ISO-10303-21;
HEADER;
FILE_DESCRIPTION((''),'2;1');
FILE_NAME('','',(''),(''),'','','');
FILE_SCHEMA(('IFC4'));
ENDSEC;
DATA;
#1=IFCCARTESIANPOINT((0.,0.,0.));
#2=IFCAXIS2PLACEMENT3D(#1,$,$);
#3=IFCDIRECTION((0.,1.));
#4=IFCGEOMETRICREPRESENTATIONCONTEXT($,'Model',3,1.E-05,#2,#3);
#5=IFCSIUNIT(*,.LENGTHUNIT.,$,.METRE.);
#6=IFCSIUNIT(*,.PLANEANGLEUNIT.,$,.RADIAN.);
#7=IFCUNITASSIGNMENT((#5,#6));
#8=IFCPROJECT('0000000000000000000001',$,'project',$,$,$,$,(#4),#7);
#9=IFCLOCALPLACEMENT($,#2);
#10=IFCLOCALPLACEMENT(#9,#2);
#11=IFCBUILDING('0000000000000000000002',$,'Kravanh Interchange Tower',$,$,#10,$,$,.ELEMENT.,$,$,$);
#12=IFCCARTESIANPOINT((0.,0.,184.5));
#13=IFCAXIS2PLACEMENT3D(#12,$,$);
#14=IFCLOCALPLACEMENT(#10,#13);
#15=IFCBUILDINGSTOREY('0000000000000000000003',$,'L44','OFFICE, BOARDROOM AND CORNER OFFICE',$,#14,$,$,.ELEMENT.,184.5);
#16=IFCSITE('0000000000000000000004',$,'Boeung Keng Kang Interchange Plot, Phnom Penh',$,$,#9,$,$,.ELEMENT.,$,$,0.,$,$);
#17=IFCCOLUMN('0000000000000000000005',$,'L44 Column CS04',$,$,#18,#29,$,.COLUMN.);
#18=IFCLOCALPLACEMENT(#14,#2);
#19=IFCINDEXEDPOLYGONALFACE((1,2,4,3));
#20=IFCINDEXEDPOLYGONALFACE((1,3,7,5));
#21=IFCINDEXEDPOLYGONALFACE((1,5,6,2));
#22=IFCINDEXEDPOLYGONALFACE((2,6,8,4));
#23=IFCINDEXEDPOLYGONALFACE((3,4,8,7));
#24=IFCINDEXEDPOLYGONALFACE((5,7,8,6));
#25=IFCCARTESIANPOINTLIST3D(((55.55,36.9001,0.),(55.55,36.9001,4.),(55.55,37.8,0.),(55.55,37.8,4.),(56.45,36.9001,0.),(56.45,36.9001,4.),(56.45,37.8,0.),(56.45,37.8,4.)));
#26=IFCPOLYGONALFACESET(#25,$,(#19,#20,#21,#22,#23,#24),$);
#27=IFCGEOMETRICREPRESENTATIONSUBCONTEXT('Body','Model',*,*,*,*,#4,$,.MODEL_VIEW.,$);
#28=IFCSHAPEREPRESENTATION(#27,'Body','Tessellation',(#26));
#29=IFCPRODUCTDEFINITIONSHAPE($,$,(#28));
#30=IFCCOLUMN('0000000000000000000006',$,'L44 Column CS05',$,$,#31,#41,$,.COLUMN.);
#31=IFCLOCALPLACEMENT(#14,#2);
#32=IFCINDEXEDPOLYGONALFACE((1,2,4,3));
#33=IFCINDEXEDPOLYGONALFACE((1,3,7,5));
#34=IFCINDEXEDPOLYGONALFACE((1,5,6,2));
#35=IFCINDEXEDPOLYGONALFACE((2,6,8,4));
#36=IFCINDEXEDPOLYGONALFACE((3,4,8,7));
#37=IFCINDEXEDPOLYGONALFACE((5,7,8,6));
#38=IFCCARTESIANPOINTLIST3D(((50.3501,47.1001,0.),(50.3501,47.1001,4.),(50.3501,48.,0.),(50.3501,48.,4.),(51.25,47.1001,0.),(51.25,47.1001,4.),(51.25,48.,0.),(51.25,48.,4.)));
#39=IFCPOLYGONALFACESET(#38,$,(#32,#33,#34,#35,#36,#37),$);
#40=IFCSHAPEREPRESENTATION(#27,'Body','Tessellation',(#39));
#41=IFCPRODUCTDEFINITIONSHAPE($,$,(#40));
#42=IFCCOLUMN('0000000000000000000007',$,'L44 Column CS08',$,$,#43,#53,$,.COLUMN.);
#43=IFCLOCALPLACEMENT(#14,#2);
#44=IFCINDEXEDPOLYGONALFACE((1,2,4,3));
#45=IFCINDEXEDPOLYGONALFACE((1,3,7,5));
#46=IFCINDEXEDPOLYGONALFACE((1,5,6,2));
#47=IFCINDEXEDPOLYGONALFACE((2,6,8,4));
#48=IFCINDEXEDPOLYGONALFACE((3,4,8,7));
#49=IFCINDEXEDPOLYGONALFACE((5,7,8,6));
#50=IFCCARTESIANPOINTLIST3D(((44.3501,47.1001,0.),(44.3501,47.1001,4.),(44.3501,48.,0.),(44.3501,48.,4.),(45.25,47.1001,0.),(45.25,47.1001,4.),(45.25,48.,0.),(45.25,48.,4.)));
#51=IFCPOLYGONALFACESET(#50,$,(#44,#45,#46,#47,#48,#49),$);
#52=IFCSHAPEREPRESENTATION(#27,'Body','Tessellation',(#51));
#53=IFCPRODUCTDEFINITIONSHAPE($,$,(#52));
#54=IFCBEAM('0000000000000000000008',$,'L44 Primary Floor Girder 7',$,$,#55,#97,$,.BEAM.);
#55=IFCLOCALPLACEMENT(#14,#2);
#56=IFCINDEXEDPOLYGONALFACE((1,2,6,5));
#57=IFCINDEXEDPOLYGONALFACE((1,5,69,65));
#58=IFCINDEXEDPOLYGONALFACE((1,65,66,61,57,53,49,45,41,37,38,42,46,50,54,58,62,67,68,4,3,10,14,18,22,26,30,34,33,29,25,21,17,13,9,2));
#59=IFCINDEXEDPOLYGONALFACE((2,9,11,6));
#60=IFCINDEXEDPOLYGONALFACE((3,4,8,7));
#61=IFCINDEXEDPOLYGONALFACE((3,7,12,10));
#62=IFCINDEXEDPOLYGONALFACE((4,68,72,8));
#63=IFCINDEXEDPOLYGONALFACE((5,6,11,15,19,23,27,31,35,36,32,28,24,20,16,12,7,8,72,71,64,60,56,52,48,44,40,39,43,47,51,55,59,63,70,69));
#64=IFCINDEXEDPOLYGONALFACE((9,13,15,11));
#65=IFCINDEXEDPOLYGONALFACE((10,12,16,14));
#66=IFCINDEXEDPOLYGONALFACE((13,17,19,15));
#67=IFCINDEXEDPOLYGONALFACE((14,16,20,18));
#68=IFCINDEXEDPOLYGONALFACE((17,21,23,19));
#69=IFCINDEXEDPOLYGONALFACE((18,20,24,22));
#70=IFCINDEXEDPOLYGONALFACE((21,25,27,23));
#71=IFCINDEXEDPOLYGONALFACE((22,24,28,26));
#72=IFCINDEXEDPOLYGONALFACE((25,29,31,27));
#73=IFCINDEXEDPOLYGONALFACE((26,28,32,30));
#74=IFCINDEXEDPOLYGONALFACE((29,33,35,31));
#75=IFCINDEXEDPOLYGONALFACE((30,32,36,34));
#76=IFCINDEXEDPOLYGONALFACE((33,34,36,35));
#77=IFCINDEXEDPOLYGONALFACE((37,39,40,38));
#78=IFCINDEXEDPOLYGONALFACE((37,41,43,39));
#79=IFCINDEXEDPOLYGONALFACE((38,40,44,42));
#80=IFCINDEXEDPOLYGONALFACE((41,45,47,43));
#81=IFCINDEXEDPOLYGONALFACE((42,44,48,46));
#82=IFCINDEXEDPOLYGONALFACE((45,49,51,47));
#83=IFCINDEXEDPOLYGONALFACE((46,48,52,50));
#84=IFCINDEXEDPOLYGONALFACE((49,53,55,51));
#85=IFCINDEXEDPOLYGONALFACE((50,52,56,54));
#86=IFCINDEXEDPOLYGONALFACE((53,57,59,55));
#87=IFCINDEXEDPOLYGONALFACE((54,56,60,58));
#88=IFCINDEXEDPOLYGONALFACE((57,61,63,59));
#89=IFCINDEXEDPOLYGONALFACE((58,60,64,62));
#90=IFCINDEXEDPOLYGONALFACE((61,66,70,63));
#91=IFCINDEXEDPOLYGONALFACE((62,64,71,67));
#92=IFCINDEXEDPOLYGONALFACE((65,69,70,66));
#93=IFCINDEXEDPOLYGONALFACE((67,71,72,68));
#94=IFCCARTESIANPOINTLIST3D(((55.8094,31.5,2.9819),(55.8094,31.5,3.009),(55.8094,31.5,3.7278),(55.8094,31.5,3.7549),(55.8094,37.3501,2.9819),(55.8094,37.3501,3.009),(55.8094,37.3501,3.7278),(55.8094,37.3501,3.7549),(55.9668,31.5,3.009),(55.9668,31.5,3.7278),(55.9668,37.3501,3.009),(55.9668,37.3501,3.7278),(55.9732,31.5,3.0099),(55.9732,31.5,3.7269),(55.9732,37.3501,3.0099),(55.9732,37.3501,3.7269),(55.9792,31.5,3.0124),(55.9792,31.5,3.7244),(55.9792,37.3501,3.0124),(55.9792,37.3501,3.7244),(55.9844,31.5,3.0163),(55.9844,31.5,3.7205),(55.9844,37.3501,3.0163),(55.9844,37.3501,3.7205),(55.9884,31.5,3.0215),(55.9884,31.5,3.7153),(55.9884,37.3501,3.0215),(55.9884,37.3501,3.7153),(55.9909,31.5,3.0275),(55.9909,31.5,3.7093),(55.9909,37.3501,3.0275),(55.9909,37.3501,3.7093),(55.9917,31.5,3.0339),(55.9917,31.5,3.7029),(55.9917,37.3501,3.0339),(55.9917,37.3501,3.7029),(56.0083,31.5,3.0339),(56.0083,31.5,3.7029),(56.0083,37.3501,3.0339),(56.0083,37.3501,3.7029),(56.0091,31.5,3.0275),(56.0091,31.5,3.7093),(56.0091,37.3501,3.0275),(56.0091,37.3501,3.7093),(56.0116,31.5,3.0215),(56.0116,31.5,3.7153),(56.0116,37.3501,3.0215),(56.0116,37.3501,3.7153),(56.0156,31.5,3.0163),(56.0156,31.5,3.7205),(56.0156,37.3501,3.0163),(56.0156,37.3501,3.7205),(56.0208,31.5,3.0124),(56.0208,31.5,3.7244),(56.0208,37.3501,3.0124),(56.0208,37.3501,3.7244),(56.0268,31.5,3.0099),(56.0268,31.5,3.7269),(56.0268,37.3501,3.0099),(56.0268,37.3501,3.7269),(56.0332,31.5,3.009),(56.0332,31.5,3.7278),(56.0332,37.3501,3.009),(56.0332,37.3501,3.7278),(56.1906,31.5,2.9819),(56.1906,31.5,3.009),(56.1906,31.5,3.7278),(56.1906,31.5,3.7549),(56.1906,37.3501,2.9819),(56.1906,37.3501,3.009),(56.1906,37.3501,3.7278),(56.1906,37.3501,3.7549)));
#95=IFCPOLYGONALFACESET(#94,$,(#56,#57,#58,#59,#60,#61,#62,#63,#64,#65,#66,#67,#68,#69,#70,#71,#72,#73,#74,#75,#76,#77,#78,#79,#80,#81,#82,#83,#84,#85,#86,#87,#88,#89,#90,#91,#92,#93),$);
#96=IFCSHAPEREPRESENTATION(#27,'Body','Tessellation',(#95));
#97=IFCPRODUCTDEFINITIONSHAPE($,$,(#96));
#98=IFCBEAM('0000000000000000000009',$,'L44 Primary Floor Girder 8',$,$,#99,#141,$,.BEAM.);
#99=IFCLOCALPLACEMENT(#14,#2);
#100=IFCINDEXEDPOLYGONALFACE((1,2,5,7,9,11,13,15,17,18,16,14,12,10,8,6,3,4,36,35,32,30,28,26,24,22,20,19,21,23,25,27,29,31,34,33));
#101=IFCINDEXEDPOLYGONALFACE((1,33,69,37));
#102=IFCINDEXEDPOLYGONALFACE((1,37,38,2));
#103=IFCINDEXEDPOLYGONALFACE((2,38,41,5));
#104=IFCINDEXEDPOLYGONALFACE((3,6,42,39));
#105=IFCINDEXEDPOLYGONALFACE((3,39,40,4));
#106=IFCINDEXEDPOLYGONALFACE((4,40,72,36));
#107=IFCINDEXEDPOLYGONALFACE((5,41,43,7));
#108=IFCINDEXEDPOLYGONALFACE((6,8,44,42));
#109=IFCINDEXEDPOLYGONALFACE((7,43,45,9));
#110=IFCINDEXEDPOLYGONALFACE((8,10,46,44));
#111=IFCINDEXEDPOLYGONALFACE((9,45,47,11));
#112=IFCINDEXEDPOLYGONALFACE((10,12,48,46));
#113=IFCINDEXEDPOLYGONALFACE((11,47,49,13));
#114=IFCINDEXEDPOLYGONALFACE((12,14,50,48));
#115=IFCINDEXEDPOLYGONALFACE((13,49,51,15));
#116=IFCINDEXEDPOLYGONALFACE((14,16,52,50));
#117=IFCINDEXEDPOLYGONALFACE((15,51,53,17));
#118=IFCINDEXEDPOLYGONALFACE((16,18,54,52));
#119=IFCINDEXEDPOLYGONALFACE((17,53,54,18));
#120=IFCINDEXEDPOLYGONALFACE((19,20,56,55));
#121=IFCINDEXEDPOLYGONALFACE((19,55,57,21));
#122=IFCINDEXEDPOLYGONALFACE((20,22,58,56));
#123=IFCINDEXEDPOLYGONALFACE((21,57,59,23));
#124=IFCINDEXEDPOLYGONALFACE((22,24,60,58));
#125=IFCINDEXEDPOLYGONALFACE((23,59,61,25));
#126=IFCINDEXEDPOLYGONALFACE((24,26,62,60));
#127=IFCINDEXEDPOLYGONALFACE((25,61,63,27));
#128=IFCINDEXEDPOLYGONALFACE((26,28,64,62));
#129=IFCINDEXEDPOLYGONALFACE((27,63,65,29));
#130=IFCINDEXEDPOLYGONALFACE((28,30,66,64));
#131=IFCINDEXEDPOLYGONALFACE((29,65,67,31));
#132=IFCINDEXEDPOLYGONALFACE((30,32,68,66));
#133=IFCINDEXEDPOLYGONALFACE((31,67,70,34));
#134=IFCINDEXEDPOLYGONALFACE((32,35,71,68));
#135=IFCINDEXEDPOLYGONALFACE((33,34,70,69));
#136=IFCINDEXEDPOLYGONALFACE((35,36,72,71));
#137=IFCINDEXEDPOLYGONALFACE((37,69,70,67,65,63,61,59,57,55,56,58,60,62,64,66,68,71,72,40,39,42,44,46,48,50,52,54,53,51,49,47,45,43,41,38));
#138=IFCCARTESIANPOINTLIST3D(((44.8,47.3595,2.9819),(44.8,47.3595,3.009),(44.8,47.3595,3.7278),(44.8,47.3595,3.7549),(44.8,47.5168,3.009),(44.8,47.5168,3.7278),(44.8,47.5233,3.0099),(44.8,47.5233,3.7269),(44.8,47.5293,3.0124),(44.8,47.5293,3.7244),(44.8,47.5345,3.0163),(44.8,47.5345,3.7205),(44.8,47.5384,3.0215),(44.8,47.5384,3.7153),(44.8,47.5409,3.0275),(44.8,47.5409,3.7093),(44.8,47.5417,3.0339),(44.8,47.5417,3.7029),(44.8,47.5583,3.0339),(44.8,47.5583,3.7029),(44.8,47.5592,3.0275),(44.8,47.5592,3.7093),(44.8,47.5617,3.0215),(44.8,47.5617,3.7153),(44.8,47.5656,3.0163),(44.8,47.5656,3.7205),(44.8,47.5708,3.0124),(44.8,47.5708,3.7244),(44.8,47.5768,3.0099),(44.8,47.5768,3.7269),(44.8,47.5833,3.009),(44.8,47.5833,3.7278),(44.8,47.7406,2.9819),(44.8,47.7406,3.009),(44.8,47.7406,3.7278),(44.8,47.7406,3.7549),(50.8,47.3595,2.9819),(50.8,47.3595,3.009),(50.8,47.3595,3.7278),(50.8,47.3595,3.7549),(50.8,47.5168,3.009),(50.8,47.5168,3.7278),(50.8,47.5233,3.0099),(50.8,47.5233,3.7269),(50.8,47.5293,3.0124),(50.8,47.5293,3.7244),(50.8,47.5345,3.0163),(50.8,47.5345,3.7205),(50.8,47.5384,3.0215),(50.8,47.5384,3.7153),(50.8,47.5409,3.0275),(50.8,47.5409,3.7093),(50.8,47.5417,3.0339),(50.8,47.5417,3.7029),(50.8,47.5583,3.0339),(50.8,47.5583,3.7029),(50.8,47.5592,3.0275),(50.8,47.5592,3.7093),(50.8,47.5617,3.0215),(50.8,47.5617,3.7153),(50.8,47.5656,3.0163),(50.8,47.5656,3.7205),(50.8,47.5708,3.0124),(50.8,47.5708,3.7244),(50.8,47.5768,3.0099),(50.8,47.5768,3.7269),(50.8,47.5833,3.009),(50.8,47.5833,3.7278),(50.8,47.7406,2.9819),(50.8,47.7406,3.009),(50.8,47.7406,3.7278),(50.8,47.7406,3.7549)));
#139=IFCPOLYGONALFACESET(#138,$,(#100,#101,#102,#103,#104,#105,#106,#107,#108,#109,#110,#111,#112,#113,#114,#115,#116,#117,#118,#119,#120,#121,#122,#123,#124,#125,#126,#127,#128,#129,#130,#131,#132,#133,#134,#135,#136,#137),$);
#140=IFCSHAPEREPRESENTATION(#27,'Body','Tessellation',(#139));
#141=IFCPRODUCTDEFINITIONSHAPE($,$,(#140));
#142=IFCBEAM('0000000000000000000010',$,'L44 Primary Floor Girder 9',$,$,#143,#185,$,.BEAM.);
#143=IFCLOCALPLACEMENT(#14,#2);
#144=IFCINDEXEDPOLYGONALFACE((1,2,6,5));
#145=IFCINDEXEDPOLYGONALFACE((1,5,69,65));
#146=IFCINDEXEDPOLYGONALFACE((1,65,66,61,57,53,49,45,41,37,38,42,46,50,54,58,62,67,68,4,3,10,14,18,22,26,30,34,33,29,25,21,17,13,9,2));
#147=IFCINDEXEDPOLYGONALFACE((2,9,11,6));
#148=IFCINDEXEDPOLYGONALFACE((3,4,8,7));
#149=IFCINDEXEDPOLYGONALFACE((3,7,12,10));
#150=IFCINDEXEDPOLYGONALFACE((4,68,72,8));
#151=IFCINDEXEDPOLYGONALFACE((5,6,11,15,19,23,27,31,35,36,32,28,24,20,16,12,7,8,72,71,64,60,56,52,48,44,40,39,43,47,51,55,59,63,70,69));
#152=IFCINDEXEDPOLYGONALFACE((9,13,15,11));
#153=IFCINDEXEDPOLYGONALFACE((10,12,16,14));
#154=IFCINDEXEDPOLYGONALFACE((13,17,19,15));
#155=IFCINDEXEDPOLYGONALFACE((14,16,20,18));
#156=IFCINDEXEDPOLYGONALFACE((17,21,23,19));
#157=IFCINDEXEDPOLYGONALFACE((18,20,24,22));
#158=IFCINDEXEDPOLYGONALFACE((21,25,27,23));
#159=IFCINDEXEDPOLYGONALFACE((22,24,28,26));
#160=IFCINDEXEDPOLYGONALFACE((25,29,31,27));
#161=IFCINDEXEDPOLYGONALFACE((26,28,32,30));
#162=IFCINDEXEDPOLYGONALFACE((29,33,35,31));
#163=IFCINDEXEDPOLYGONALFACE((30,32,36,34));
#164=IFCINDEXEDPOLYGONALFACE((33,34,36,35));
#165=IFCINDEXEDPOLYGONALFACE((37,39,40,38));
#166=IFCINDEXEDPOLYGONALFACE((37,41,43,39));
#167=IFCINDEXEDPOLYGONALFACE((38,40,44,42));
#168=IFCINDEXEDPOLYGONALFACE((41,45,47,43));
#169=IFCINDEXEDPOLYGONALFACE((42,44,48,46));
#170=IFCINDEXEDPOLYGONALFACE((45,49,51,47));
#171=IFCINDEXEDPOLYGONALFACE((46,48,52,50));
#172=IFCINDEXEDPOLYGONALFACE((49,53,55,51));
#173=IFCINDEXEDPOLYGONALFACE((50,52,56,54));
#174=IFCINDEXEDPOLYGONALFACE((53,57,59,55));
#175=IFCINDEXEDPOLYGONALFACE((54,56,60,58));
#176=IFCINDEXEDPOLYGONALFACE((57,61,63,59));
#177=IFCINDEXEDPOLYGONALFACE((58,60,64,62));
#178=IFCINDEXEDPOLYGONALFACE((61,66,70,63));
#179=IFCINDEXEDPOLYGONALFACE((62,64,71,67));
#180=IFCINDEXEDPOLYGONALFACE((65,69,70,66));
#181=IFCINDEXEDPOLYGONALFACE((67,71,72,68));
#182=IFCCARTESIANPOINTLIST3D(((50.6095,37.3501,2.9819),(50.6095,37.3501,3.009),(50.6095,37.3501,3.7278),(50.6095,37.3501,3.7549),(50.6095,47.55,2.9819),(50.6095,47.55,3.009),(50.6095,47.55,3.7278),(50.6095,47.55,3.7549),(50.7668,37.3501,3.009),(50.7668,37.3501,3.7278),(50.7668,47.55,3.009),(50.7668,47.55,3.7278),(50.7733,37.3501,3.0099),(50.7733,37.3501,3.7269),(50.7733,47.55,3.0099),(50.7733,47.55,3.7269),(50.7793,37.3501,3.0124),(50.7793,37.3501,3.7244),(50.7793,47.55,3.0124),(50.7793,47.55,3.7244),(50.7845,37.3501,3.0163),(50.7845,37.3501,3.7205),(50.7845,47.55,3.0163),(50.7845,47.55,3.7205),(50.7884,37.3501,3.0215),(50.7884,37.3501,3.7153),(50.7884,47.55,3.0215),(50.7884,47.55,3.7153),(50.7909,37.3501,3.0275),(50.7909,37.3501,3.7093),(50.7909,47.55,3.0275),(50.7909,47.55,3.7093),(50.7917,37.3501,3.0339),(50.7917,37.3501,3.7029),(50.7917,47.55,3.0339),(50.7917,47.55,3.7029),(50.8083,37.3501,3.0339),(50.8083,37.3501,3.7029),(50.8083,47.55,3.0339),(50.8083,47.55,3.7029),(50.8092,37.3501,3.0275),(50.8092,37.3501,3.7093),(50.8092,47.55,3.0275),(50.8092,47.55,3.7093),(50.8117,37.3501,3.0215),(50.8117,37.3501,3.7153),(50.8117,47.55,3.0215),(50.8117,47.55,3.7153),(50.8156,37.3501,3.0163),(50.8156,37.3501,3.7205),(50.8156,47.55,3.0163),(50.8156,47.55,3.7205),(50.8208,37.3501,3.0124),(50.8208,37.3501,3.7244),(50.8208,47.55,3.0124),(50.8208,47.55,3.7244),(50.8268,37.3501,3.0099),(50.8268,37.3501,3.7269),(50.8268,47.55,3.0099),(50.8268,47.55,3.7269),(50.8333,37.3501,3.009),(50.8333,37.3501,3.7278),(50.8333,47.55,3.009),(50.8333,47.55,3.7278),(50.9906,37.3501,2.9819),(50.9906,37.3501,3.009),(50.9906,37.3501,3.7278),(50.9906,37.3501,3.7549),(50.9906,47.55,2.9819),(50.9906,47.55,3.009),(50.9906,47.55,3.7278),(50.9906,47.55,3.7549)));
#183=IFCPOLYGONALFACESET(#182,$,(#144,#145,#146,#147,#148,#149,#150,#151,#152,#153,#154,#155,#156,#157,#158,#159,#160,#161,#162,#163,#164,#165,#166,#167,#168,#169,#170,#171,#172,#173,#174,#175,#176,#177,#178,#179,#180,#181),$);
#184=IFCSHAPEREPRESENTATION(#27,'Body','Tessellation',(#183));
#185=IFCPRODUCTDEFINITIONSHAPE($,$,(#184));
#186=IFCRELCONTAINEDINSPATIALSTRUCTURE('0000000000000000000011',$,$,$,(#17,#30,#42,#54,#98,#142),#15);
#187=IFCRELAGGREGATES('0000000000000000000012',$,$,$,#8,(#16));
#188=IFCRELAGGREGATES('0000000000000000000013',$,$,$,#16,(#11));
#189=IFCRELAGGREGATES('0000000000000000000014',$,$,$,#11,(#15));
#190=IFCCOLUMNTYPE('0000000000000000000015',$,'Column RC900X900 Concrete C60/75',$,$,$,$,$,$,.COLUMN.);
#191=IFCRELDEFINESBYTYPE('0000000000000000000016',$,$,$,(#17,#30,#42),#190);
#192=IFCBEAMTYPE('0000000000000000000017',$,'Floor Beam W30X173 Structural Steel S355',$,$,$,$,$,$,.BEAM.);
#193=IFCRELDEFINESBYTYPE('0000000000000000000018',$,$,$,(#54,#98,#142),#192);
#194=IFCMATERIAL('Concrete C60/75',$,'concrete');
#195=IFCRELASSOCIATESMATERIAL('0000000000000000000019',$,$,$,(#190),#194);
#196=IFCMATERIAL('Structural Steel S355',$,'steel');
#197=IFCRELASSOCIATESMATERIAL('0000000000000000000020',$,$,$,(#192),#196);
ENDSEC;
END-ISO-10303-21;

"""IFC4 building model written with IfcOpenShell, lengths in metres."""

from ifc_helpers import new_model, si_unit, direction, frame, origin, origin_2d, place, context, subcontext, project, spatial, rectangle, i_section, extrude, material, material_profile, profile_set, type_object, element, save


model = new_model("IFC4")

# Units and contexts
model_context = context("Model", 3, precision=1e-05, world=origin(), true_north=direction((0.0, 1.0)))
body_context = subcontext(model_context, "Body", "Model", "MODEL_VIEW")
ifc_project = project(units=[si_unit("LENGTHUNIT", "METRE"), si_unit("PLANEANGLEUNIT", "RADIAN")], contexts=[model_context])

# Site, building, storey
site_placement = place(None, origin())
site = spatial("IfcSite", under=ifc_project, at=site_placement, Name="Boeung Keng Kang Interchange Plot, Phnom Penh", CompositionType="ELEMENT", RefElevation=0.0)
building_placement = place(site_placement, origin())
building = spatial("IfcBuilding", under=site, at=building_placement, Name="Kravanh Interchange Tower", CompositionType="ELEMENT")
storey_placement = place(building_placement, frame((0.0, 0.0, 184.5)))
storey = spatial("IfcBuildingStorey", under=building, at=storey_placement, Name="L44", Description="OFFICE, BOARDROOM AND CORNER OFFICE", CompositionType="ELEMENT", Elevation=184.5)

# Columns
ifc_material_1 = material(Name="Concrete C60/75", Category="concrete")
ifc_material_profile_1 = material_profile(ifc_material_1, rectangle(XDim=0.8999, YDim=0.8999, at=origin_2d()), Name="RC900X900")
ifc_profile_set_1 = profile_set([ifc_material_profile_1], Name="Concrete C60/75")
column_type = type_object("IfcColumnType", Name="Column RC900X900 Concrete C60/75", PredefinedType="COLUMN", material=ifc_profile_set_1)
for number, where, z_axis, x_axis, name in (
    (1, (56.0, 37.3501, 0.0), (0.0, 0.0, 1.0), (1.0, 0.0, 0.0), "L44 Column CS04"),
    (2, (50.8, 47.55, 0.0), (0.0, 0.0, 1.0), (1.0, 0.0, 0.0), "L44 Column CS05"),
    (3, (44.8, 47.55, 0.0), (0.0, 0.0, 1.0), (1.0, 0.0, 0.0), "L44 Column CS08"),
):
    element("IfcColumn", number, at=place(storey_placement, frame(where, z_axis=z_axis, x_axis=x_axis)), inside=storey, type_object=column_type, Name=name, PredefinedType="COLUMN", context=body_context, shape_type="SweptSolid", body=[
        extrude(rectangle(XDim=0.8999, YDim=0.8999, at=origin_2d()), origin(), (0.0, 0.0, 1.0), 4.0),
    ])

# Beams
ifc_material_2 = material(Name="Structural Steel S355", Category="steel")
ifc_material_profile_2 = material_profile(ifc_material_2, i_section(OverallWidth=0.3811, OverallDepth=0.7729, WebThickness=0.0166, FlangeThickness=0.0271, FilletRadius=0.0249, at=origin_2d()), Name="W30X173")
ifc_profile_set_2 = profile_set([ifc_material_profile_2], Name="Structural Steel S355")
beam_type_1 = type_object("IfcBeamType", Name="Floor Beam W30X173 Structural Steel S355", PredefinedType="BEAM", material=ifc_profile_set_2)
beam_1_placement = place(storey_placement, frame((56.0, 37.3501, 3.3684), z_axis=(0.0, -1.0, 0.0), x_axis=(1.0, 0.0, 0.0)))
element("IfcBeam", 4, at=beam_1_placement, inside=storey, type_object=beam_type_1, Name="L44 Primary Floor Girder 7", PredefinedType="BEAM", context=body_context, shape_type="SweptSolid", body=[
    extrude(i_section(OverallWidth=0.3811, OverallDepth=0.7729, WebThickness=0.0166, FlangeThickness=0.0271, FilletRadius=0.0249, at=origin_2d()), origin(), (0.0, 0.0, 1.0), 5.8501),
])
beam_2_placement = place(storey_placement, frame((50.8, 47.55, 3.3684), z_axis=(-1.0, 0.0, 0.0), x_axis=(0.0, -1.0, 0.0)))
element("IfcBeam", 5, at=beam_2_placement, inside=storey, type_object=beam_type_1, Name="L44 Primary Floor Girder 8", PredefinedType="BEAM", context=body_context, shape_type="SweptSolid", body=[
    extrude(i_section(OverallWidth=0.3811, OverallDepth=0.7729, WebThickness=0.0166, FlangeThickness=0.0271, FilletRadius=0.0249, at=origin_2d()), origin(), (0.0, 0.0, 1.0), 6.0),
])
beam_3_placement = place(storey_placement, frame((50.8, 47.55, 3.3684), z_axis=(0.0, -1.0, 0.0), x_axis=(1.0, 0.0, 0.0)))
element("IfcBeam", 6, at=beam_3_placement, inside=storey, type_object=beam_type_1, Name="L44 Primary Floor Girder 9", PredefinedType="BEAM", context=body_context, shape_type="SweptSolid", body=[
    extrude(i_section(OverallWidth=0.3811, OverallDepth=0.7729, WebThickness=0.0166, FlangeThickness=0.0271, FilletRadius=0.0249, at=origin_2d()), origin(), (0.0, 0.0, 1.0), 10.2),
])

save(model, "model.ifc")
